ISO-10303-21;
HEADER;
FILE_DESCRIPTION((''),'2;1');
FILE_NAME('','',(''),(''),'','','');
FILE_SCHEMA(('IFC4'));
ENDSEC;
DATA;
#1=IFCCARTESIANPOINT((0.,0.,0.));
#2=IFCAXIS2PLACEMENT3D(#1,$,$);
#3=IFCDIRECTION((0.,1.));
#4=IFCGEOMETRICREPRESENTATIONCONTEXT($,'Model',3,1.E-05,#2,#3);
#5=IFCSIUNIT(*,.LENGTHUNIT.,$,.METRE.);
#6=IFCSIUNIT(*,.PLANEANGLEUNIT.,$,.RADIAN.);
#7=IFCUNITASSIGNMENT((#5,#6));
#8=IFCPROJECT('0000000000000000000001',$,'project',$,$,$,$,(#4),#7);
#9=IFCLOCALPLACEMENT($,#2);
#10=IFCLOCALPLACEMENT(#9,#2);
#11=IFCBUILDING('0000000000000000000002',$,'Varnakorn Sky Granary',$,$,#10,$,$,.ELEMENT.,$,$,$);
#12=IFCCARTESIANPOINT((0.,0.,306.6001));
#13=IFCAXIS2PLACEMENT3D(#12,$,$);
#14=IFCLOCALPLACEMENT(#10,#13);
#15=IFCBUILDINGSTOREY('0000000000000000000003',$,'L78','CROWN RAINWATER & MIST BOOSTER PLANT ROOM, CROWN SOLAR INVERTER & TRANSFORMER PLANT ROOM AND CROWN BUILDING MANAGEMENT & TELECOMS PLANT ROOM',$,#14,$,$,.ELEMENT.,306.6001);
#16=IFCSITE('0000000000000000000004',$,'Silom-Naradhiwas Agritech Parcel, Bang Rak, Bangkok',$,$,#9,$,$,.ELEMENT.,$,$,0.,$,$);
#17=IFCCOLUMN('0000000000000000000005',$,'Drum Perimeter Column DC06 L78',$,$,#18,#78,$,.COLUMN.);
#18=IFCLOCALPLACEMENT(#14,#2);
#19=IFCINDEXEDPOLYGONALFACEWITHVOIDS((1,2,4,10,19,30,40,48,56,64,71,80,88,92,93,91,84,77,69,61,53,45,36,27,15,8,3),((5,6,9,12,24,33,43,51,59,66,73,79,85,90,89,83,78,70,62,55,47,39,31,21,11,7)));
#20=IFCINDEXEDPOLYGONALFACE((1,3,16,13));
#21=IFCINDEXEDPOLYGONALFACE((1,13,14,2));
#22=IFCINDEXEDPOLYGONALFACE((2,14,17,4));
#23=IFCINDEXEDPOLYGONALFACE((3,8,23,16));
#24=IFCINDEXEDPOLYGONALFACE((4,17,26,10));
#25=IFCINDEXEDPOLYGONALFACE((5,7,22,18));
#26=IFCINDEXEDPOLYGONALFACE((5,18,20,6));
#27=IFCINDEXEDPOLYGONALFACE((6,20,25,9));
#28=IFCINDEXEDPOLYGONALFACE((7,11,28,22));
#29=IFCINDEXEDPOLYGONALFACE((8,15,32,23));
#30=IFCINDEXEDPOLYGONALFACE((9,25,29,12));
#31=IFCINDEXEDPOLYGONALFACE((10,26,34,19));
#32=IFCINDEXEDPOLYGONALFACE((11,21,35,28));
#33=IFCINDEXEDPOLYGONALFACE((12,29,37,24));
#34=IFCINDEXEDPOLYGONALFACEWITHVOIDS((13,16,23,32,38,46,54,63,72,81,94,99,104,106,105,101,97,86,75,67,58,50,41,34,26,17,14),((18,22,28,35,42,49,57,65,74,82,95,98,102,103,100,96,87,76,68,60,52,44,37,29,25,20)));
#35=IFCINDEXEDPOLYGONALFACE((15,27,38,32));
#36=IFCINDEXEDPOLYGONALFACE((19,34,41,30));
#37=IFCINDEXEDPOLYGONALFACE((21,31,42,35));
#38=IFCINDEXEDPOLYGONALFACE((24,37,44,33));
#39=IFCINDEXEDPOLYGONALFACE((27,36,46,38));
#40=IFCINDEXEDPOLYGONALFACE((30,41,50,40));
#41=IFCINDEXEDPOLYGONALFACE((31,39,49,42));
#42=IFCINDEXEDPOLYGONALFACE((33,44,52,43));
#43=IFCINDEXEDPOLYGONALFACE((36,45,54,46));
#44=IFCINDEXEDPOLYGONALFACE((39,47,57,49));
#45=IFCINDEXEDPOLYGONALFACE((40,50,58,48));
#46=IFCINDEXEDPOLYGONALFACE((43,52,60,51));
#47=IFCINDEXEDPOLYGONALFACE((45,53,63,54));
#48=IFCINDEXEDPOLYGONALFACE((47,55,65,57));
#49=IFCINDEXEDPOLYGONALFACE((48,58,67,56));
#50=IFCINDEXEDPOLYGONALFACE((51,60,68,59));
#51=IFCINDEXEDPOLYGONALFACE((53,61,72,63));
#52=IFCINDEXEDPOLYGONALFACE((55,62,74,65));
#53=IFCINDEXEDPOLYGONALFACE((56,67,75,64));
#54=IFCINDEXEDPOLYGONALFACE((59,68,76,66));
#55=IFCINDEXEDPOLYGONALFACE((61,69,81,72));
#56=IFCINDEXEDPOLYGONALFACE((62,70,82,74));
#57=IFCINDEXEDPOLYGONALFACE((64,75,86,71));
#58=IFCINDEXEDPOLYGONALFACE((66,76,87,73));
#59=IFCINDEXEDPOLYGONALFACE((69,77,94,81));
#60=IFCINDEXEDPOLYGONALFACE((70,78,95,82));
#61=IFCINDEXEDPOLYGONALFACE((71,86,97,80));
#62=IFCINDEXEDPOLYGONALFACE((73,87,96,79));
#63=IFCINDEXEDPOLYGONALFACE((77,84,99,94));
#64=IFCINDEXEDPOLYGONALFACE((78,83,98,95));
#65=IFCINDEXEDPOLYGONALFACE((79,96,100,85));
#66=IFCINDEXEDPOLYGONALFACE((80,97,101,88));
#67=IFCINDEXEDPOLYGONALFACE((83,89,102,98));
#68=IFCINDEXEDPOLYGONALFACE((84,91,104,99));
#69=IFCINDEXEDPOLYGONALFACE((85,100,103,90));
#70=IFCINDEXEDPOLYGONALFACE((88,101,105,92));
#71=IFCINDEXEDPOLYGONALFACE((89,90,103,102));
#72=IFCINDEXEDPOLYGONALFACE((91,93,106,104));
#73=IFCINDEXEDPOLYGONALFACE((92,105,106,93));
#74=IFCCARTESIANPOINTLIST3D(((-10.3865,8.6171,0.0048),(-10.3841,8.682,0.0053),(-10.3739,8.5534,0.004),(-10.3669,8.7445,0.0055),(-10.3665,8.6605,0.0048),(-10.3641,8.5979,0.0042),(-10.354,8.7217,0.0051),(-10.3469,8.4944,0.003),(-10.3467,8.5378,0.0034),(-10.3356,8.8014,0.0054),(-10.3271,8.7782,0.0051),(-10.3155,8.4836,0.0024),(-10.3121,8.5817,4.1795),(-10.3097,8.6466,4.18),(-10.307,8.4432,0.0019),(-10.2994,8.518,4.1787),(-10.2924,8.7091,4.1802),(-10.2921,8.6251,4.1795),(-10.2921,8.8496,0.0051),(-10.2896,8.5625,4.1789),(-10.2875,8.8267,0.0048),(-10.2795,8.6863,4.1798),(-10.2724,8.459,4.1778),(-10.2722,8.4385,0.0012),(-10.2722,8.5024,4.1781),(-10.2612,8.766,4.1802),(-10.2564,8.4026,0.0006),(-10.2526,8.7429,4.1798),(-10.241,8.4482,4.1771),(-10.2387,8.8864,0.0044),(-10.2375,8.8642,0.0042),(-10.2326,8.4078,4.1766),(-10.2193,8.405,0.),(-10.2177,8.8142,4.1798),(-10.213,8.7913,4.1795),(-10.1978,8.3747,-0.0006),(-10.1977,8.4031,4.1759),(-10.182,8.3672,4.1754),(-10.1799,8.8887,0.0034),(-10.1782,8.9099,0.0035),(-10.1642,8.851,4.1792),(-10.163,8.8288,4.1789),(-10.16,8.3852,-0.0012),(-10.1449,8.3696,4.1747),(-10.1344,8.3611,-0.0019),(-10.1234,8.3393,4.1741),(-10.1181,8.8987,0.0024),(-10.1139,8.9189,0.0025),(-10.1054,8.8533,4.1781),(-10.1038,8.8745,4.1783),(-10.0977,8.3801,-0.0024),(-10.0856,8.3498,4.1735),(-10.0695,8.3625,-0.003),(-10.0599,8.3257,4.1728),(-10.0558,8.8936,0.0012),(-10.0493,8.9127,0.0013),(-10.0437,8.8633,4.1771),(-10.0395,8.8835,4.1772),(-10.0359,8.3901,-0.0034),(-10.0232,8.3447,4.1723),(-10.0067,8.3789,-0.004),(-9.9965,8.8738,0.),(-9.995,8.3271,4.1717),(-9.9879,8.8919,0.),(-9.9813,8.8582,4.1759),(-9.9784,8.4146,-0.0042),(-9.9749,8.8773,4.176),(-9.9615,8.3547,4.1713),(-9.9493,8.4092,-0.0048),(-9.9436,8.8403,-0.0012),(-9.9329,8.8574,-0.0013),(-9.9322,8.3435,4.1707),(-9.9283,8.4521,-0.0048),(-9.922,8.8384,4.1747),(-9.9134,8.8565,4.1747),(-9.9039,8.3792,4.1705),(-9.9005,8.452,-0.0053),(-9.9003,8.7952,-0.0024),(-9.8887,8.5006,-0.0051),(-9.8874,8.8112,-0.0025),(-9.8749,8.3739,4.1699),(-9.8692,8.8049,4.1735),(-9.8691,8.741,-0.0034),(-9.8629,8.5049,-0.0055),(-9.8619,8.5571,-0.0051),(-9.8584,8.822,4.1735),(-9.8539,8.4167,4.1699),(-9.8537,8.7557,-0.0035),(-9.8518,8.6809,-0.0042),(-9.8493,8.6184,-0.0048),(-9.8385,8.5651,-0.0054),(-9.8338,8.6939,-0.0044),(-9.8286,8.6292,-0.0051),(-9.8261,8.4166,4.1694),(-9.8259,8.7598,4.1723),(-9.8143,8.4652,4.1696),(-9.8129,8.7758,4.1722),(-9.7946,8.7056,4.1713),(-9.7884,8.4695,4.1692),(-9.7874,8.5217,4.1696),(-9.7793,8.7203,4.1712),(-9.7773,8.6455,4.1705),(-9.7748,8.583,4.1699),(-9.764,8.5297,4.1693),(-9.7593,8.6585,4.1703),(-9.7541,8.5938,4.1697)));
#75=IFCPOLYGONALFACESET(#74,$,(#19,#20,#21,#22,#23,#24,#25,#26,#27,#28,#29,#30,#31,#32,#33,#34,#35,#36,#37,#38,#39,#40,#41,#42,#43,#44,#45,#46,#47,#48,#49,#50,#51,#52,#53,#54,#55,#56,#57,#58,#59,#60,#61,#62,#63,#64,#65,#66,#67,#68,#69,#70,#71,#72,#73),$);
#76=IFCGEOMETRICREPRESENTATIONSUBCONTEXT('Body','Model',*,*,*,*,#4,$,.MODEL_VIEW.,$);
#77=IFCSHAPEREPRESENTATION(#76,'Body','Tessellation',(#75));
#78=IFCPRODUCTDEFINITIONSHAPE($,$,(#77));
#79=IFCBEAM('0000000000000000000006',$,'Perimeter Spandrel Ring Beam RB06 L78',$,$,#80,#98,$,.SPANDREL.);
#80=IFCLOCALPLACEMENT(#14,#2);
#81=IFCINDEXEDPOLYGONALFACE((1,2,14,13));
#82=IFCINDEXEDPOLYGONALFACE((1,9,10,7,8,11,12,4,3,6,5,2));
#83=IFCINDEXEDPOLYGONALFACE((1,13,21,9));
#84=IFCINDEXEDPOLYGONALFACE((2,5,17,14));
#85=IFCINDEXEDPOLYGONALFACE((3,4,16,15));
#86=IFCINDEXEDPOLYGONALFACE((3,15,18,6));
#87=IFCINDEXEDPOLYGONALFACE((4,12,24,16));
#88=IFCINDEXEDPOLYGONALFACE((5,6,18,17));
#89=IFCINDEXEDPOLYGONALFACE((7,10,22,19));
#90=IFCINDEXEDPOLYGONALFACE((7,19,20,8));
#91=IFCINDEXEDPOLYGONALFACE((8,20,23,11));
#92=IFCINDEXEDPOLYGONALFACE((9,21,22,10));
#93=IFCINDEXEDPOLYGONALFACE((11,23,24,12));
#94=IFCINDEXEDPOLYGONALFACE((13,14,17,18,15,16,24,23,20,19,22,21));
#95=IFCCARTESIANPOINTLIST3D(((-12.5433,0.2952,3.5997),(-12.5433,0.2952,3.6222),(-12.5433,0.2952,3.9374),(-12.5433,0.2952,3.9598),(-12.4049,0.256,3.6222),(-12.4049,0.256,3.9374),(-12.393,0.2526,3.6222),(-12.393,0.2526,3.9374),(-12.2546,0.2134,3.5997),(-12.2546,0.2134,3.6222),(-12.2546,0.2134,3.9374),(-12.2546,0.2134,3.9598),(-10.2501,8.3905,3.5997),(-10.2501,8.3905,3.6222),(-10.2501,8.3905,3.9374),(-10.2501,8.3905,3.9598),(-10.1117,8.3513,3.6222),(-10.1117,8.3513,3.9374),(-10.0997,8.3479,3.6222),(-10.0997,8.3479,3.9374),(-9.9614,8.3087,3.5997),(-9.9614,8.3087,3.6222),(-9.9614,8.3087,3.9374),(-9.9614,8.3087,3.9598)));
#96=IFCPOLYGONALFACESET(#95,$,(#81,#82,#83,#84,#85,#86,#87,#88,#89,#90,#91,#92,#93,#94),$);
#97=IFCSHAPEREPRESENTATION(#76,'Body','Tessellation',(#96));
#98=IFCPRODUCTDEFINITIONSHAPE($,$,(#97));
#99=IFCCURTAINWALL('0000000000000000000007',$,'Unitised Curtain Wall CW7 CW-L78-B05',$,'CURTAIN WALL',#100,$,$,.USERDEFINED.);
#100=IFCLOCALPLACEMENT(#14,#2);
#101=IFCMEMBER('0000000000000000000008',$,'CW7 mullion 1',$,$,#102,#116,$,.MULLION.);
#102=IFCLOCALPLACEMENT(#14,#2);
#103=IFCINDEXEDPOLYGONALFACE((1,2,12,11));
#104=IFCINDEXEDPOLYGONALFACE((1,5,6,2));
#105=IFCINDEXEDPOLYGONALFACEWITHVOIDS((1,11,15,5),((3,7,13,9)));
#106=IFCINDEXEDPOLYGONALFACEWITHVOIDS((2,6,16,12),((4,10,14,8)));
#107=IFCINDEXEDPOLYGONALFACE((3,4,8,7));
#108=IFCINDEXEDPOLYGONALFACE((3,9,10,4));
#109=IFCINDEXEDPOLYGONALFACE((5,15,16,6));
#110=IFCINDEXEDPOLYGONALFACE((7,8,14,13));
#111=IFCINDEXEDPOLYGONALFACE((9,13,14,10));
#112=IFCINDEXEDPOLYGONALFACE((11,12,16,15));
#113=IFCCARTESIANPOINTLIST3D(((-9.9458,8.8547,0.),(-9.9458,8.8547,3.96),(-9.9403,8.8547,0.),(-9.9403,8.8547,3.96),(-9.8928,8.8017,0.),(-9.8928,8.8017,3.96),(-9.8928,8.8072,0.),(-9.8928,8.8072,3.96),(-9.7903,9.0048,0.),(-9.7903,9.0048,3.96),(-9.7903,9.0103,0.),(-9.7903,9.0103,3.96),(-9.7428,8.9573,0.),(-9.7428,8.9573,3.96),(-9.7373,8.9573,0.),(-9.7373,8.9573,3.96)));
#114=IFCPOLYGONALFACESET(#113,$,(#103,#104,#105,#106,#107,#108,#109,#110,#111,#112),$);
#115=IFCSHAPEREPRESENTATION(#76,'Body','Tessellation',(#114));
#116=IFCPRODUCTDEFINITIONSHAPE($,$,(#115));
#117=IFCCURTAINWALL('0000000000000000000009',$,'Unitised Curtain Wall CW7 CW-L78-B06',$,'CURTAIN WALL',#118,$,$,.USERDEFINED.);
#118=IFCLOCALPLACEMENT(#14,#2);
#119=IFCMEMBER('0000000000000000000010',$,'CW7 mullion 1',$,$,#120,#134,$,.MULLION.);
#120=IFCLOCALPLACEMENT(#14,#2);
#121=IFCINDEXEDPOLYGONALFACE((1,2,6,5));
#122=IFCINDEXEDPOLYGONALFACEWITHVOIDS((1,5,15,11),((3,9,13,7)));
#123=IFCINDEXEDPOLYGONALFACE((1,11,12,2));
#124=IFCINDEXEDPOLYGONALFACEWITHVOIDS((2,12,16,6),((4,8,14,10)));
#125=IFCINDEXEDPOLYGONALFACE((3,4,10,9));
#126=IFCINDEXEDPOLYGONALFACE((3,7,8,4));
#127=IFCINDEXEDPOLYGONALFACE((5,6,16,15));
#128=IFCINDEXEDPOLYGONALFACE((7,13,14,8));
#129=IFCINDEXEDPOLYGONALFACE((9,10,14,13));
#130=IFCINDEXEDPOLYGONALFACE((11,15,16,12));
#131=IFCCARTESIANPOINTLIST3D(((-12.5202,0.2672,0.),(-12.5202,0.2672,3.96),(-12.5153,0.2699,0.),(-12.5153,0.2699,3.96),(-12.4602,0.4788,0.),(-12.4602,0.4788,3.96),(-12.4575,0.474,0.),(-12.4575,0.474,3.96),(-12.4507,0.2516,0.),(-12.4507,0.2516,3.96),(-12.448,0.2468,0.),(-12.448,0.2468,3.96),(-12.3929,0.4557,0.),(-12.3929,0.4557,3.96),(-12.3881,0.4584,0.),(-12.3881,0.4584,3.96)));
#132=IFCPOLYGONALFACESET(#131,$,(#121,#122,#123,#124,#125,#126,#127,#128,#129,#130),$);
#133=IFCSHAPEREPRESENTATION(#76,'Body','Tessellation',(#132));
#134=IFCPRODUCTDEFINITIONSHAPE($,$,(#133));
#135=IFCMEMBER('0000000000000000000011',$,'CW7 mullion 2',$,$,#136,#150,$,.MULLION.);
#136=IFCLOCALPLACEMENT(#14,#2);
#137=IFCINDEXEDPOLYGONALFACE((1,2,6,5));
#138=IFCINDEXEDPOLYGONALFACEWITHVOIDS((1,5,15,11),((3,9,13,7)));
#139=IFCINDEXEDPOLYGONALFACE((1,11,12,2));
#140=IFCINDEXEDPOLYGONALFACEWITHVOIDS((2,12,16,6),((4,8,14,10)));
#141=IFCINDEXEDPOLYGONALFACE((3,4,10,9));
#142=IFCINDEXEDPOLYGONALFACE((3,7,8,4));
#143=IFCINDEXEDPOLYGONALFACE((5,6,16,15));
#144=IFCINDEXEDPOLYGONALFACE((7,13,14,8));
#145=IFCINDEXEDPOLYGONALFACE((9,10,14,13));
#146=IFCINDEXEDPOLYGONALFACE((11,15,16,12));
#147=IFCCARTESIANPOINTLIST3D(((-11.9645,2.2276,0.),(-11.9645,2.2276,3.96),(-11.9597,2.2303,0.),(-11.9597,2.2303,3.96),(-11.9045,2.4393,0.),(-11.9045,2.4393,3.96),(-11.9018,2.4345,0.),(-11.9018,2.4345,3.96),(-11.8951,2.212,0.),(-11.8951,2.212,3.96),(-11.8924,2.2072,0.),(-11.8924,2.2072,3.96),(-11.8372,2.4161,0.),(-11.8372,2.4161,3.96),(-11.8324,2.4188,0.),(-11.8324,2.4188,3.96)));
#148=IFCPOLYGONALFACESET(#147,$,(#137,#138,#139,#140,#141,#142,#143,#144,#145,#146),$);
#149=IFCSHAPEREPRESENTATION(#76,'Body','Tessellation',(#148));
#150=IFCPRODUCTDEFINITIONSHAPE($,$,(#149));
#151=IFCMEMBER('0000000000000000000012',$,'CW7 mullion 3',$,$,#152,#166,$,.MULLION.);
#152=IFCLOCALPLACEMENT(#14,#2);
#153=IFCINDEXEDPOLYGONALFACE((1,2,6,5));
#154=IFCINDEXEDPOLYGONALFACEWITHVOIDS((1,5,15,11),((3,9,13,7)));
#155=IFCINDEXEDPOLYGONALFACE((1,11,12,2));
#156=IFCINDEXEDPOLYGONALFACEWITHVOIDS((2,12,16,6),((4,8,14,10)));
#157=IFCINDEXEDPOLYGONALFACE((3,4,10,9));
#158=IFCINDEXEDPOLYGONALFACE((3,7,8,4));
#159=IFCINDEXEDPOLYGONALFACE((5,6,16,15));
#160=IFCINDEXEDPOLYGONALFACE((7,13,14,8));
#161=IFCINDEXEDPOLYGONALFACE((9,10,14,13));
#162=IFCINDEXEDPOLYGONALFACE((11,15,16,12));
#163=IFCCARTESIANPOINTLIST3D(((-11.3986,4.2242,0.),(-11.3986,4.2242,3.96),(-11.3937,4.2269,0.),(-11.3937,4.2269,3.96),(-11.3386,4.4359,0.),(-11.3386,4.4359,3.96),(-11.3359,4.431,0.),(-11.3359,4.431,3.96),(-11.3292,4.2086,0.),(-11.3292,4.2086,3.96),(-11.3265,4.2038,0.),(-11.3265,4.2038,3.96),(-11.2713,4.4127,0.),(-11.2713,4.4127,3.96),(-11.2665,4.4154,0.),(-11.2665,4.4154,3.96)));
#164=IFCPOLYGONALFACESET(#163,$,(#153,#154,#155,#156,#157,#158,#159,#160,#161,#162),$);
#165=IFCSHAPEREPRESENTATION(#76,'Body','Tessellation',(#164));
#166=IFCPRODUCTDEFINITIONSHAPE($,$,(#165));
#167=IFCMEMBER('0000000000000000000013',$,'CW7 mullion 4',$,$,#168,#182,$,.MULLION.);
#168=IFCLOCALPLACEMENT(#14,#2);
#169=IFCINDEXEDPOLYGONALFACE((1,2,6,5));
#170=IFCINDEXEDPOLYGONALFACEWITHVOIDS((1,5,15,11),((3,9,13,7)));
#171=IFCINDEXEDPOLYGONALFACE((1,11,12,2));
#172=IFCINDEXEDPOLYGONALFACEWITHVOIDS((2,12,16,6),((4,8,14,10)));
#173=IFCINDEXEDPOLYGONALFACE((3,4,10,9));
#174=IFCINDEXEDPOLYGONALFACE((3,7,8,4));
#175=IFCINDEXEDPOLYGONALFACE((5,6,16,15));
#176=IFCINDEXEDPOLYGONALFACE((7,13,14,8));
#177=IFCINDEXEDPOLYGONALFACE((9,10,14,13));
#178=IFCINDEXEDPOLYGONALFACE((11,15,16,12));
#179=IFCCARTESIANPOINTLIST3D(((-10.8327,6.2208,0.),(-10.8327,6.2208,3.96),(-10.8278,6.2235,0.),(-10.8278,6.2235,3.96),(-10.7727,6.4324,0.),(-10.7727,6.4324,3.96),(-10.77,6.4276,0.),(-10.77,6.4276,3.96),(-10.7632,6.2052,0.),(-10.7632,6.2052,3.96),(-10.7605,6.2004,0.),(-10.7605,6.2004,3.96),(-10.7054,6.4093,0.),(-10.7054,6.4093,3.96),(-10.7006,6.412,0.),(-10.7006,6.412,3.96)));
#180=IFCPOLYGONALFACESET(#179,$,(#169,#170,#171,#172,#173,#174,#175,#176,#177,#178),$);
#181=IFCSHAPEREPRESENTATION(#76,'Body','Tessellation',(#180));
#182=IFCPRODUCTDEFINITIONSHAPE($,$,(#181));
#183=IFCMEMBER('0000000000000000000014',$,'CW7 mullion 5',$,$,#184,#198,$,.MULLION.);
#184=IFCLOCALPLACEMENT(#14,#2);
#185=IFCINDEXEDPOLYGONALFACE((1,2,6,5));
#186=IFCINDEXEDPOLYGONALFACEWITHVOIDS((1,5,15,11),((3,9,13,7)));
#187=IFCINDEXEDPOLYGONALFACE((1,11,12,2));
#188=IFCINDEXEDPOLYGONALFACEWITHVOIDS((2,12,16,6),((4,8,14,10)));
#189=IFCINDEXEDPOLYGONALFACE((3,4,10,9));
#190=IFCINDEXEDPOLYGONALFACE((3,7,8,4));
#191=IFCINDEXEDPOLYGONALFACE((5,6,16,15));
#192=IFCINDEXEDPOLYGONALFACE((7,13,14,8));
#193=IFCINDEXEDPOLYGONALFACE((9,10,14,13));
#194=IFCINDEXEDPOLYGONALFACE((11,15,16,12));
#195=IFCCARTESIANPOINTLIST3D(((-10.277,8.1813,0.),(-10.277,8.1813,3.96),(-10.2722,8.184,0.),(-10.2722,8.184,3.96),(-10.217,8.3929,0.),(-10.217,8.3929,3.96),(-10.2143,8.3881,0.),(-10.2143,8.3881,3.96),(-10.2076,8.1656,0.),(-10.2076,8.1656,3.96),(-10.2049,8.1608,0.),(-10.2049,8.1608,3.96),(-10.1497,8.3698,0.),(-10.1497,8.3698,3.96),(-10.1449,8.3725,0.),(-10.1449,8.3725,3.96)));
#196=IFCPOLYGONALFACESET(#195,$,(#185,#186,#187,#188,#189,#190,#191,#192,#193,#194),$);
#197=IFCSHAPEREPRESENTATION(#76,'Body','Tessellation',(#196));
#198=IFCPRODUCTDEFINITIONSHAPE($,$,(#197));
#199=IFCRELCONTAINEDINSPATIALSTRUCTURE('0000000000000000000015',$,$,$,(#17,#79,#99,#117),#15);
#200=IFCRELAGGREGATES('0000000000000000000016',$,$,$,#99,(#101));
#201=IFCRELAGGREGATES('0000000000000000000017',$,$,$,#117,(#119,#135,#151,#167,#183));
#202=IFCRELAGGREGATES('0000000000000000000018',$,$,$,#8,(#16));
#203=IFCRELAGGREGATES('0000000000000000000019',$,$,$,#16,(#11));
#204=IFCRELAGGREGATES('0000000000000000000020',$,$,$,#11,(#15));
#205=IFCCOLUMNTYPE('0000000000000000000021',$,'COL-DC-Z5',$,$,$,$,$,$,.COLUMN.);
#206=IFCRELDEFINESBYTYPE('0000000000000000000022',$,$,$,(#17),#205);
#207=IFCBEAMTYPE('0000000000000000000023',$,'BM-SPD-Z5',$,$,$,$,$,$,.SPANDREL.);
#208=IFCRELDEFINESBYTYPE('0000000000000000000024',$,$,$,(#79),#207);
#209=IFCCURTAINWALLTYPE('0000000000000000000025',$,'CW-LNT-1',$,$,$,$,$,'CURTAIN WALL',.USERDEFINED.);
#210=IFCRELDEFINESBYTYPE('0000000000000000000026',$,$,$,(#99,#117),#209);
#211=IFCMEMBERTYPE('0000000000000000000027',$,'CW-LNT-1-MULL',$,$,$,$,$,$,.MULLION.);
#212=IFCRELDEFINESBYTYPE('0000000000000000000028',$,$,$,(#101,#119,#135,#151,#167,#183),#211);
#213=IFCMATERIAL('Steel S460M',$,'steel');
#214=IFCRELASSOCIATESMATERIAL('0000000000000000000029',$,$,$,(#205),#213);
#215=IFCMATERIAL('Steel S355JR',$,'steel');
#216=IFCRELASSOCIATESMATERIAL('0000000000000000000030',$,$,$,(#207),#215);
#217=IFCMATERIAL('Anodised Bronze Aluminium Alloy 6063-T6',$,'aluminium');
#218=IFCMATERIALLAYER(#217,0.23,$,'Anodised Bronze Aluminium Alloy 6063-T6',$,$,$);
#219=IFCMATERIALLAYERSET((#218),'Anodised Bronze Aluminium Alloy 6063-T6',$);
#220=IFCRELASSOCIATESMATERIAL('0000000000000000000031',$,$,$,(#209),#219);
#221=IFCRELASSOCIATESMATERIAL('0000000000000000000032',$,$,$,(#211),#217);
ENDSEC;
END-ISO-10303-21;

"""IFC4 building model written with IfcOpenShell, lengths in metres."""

from ifc_helpers import new_model, si_unit, direction, frame, origin, origin_2d, place, context, subcontext, project, spatial, hollow_rectangle, hollow_circle, i_section, extrude, material, layer, layer_set, material_profile, profile_set, type_object, element, aggregate, save


model = new_model("IFC4")

# Units and contexts
model_context = context("Model", 3, precision=1e-05, world=origin(), true_north=direction((0.0, 1.0)))
body_context = subcontext(model_context, "Body", "Model", "MODEL_VIEW")
ifc_project = project(units=[si_unit("LENGTHUNIT", "METRE"), si_unit("PLANEANGLEUNIT", "RADIAN")], contexts=[model_context])

# Site, building, storey
site_placement = place(None, origin())
site = spatial("IfcSite", under=ifc_project, at=site_placement, Name="Silom-Naradhiwas Agritech Parcel, Bang Rak, Bangkok", CompositionType="ELEMENT", RefElevation=0.0)
building_placement = place(site_placement, origin())
building = spatial("IfcBuilding", under=site, at=building_placement, Name="Varnakorn Sky Granary", CompositionType="ELEMENT")
storey_placement = place(building_placement, frame((0.0, 0.0, 306.6001)))
storey = spatial("IfcBuildingStorey", under=building, at=storey_placement, Name="L78", Description="CROWN RAINWATER & MIST BOOSTER PLANT ROOM, CROWN SOLAR INVERTER & TRANSFORMER PLANT ROOM AND CROWN BUILDING MANAGEMENT & TELECOMS PLANT ROOM", CompositionType="ELEMENT", Elevation=306.6001)

# Column
ifc_material_1 = material(Name="Steel S460M", Category="steel")
ifc_material_profile_1 = material_profile(ifc_material_1, hollow_circle(Radius=0.2795, WallThickness=0.02, at=origin_2d()), Name="CHS 559x20")
ifc_profile_set_1 = profile_set([ifc_material_profile_1], Name="Steel S460M")
column_type = type_object("IfcColumnType", Name="COL-DC-Z5", PredefinedType="COLUMN", material=ifc_profile_set_1)
column_placement = place(storey_placement, frame((-10.1079, 8.6394, 0.0), z_axis=(0.017833, -0.008478, 0.999805), x_axis=(0.429359, 0.903134, 0.0)))
element("IfcColumn", 1, at=column_placement, inside=storey, type_object=column_type, Name="Drum Perimeter Column DC06 L78", PredefinedType="COLUMN", context=body_context, shape_type="SweptSolid", body=[
    extrude(hollow_circle(Radius=0.2795, WallThickness=0.02, at=origin_2d()), origin(), (0.0, 0.0, 1.0), 4.1755),
])

# Beam
ifc_material_2 = material(Name="Steel S355JR", Category="steel")
ifc_material_profile_2 = material_profile(ifc_material_2, i_section(OverallWidth=0.3, OverallDepth=0.3601, WebThickness=0.0125, FlangeThickness=0.0225, at=origin_2d()), Name="HE 360 B")
ifc_profile_set_2 = profile_set([ifc_material_profile_2], Name="Steel S355JR")
beam_type = type_object("IfcBeamType", Name="BM-SPD-Z5", PredefinedType="SPANDREL", material=ifc_profile_set_2)
beam_placement = place(storey_placement, frame((-10.1057, 8.3496, 3.7798), z_axis=(-0.272555, -0.96214, 0.0), x_axis=(0.96214, -0.272555, 0.0)))
element("IfcBeam", 2, at=beam_placement, inside=storey, type_object=beam_type, Name="Perimeter Spandrel Ring Beam RB06 L78", PredefinedType="SPANDREL", context=body_context, shape_type="SweptSolid", body=[
    extrude(i_section(OverallWidth=0.3, OverallDepth=0.3601, WebThickness=0.0125, FlangeThickness=0.0225, at=origin_2d()), origin(), (0.0, 0.0, 1.0), 8.4138),
])

# Curtain wall, member
ifc_material_3 = material(Name="Anodised Bronze Aluminium Alloy 6063-T6", Category="aluminium")
ifc_layer_1 = layer(ifc_material_3, 0.23, Name="Anodised Bronze Aluminium Alloy 6063-T6")
ifc_layer_set_1 = layer_set([ifc_layer_1], Name="Anodised Bronze Aluminium Alloy 6063-T6")
curtain_wall_type = type_object("IfcCurtainWallType", Name="CW-LNT-1", ElementType="CURTAIN WALL", PredefinedType="USERDEFINED", material=ifc_layer_set_1)
curtain_wall_1_placement = place(storey_placement, origin())
curtain_wall_1 = element("IfcCurtainWall", 3, at=curtain_wall_1_placement, inside=storey, type_object=curtain_wall_type, Name="Unitised Curtain Wall CW7 CW-L78-B05", ObjectType="CURTAIN WALL", PredefinedType="USERDEFINED")
ifc_material_profile_3 = material_profile(ifc_material_3, hollow_rectangle(XDim=0.075, YDim=0.22, WallThickness=0.0039, at=origin_2d()), Name="ALU MULL 75x220")
ifc_profile_set_3 = profile_set([ifc_material_profile_3], Name="Anodised Bronze Aluminium Alloy 6063-T6")
member_type_1 = type_object("IfcMemberType", Name="CW-LNT-1-MULL", PredefinedType="MULLION", material=ifc_profile_set_3)
member_1_placement = place(storey_placement, frame((-9.8416, 8.906, 0.0), z_axis=(0.0, 0.0, 1.0), x_axis=(-0.707252, 0.706962, 0.0)))
member_1 = element("IfcMember", 4, at=member_1_placement, type_object=member_type_1, Name="CW7 mullion 1", PredefinedType="MULLION", context=body_context, shape_type="SweptSolid", body=[
    extrude(hollow_rectangle(XDim=0.075, YDim=0.22, WallThickness=0.0039, at=origin_2d()), origin(), (0.0, 0.0, 1.0), 3.96),
])
aggregate(curtain_wall_1, [member_1])

# Curtain wall, members
curtain_wall_2_placement = place(storey_placement, origin())
curtain_wall_2 = element("IfcCurtainWall", 5, at=curtain_wall_2_placement, inside=storey, type_object=curtain_wall_type, Name="Unitised Curtain Wall CW7 CW-L78-B06", ObjectType="CURTAIN WALL", PredefinedType="USERDEFINED")
member_2_placement = place(storey_placement, frame((-12.4541, 0.3628, 0.0), z_axis=(0.0, 0.0, 1.0), x_axis=(-0.962095, 0.272716, 0.0)))
member_2 = element("IfcMember", 6, at=member_2_placement, type_object=member_type_1, Name="CW7 mullion 1", PredefinedType="MULLION", context=body_context, shape_type="SweptSolid", body=[
    extrude(hollow_rectangle(XDim=0.075, YDim=0.22, WallThickness=0.0039, at=origin_2d()), origin(), (0.0, 0.0, 1.0), 3.96),
])
member_3_placement = place(storey_placement, frame((-11.8984, 2.3232, 0.0), z_axis=(0.0, 0.0, 1.0), x_axis=(-0.962095, 0.272716, 0.0)))
member_3 = element("IfcMember", 7, at=member_3_placement, type_object=member_type_1, Name="CW7 mullion 2", PredefinedType="MULLION", context=body_context, shape_type="SweptSolid", body=[
    extrude(hollow_rectangle(XDim=0.075, YDim=0.22, WallThickness=0.0039, at=origin_2d()), origin(), (0.0, 0.0, 1.0), 3.96),
])
member_4_placement = place(storey_placement, frame((-11.3325, 4.3198, 0.0), z_axis=(0.0, 0.0, 1.0), x_axis=(-0.962095, 0.272716, 0.0)))
member_4 = element("IfcMember", 8, at=member_4_placement, type_object=member_type_1, Name="CW7 mullion 3", PredefinedType="MULLION", context=body_context, shape_type="SweptSolid", body=[
    extrude(hollow_rectangle(XDim=0.075, YDim=0.22, WallThickness=0.0039, at=origin_2d()), origin(), (0.0, 0.0, 1.0), 3.96),
])
member_5_placement = place(storey_placement, frame((-10.7666, 6.3164, 0.0), z_axis=(0.0, 0.0, 1.0), x_axis=(-0.962095, 0.272716, 0.0)))
member_5 = element("IfcMember", 9, at=member_5_placement, type_object=member_type_1, Name="CW7 mullion 4", PredefinedType="MULLION", context=body_context, shape_type="SweptSolid", body=[
    extrude(hollow_rectangle(XDim=0.075, YDim=0.22, WallThickness=0.0039, at=origin_2d()), origin(), (0.0, 0.0, 1.0), 3.96),
])
member_6_placement = place(storey_placement, frame((-10.2109, 8.2769, 0.0), z_axis=(0.0, 0.0, 1.0), x_axis=(-0.962095, 0.272716, 0.0)))
member_6 = element("IfcMember", 10, at=member_6_placement, type_object=member_type_1, Name="CW7 mullion 5", PredefinedType="MULLION", context=body_context, shape_type="SweptSolid", body=[
    extrude(hollow_rectangle(XDim=0.075, YDim=0.22, WallThickness=0.0039, at=origin_2d()), origin(), (0.0, 0.0, 1.0), 3.96),
])
aggregate(curtain_wall_2, [member_2, member_3, member_4, member_5, member_6])

save(model, "model.ifc")
